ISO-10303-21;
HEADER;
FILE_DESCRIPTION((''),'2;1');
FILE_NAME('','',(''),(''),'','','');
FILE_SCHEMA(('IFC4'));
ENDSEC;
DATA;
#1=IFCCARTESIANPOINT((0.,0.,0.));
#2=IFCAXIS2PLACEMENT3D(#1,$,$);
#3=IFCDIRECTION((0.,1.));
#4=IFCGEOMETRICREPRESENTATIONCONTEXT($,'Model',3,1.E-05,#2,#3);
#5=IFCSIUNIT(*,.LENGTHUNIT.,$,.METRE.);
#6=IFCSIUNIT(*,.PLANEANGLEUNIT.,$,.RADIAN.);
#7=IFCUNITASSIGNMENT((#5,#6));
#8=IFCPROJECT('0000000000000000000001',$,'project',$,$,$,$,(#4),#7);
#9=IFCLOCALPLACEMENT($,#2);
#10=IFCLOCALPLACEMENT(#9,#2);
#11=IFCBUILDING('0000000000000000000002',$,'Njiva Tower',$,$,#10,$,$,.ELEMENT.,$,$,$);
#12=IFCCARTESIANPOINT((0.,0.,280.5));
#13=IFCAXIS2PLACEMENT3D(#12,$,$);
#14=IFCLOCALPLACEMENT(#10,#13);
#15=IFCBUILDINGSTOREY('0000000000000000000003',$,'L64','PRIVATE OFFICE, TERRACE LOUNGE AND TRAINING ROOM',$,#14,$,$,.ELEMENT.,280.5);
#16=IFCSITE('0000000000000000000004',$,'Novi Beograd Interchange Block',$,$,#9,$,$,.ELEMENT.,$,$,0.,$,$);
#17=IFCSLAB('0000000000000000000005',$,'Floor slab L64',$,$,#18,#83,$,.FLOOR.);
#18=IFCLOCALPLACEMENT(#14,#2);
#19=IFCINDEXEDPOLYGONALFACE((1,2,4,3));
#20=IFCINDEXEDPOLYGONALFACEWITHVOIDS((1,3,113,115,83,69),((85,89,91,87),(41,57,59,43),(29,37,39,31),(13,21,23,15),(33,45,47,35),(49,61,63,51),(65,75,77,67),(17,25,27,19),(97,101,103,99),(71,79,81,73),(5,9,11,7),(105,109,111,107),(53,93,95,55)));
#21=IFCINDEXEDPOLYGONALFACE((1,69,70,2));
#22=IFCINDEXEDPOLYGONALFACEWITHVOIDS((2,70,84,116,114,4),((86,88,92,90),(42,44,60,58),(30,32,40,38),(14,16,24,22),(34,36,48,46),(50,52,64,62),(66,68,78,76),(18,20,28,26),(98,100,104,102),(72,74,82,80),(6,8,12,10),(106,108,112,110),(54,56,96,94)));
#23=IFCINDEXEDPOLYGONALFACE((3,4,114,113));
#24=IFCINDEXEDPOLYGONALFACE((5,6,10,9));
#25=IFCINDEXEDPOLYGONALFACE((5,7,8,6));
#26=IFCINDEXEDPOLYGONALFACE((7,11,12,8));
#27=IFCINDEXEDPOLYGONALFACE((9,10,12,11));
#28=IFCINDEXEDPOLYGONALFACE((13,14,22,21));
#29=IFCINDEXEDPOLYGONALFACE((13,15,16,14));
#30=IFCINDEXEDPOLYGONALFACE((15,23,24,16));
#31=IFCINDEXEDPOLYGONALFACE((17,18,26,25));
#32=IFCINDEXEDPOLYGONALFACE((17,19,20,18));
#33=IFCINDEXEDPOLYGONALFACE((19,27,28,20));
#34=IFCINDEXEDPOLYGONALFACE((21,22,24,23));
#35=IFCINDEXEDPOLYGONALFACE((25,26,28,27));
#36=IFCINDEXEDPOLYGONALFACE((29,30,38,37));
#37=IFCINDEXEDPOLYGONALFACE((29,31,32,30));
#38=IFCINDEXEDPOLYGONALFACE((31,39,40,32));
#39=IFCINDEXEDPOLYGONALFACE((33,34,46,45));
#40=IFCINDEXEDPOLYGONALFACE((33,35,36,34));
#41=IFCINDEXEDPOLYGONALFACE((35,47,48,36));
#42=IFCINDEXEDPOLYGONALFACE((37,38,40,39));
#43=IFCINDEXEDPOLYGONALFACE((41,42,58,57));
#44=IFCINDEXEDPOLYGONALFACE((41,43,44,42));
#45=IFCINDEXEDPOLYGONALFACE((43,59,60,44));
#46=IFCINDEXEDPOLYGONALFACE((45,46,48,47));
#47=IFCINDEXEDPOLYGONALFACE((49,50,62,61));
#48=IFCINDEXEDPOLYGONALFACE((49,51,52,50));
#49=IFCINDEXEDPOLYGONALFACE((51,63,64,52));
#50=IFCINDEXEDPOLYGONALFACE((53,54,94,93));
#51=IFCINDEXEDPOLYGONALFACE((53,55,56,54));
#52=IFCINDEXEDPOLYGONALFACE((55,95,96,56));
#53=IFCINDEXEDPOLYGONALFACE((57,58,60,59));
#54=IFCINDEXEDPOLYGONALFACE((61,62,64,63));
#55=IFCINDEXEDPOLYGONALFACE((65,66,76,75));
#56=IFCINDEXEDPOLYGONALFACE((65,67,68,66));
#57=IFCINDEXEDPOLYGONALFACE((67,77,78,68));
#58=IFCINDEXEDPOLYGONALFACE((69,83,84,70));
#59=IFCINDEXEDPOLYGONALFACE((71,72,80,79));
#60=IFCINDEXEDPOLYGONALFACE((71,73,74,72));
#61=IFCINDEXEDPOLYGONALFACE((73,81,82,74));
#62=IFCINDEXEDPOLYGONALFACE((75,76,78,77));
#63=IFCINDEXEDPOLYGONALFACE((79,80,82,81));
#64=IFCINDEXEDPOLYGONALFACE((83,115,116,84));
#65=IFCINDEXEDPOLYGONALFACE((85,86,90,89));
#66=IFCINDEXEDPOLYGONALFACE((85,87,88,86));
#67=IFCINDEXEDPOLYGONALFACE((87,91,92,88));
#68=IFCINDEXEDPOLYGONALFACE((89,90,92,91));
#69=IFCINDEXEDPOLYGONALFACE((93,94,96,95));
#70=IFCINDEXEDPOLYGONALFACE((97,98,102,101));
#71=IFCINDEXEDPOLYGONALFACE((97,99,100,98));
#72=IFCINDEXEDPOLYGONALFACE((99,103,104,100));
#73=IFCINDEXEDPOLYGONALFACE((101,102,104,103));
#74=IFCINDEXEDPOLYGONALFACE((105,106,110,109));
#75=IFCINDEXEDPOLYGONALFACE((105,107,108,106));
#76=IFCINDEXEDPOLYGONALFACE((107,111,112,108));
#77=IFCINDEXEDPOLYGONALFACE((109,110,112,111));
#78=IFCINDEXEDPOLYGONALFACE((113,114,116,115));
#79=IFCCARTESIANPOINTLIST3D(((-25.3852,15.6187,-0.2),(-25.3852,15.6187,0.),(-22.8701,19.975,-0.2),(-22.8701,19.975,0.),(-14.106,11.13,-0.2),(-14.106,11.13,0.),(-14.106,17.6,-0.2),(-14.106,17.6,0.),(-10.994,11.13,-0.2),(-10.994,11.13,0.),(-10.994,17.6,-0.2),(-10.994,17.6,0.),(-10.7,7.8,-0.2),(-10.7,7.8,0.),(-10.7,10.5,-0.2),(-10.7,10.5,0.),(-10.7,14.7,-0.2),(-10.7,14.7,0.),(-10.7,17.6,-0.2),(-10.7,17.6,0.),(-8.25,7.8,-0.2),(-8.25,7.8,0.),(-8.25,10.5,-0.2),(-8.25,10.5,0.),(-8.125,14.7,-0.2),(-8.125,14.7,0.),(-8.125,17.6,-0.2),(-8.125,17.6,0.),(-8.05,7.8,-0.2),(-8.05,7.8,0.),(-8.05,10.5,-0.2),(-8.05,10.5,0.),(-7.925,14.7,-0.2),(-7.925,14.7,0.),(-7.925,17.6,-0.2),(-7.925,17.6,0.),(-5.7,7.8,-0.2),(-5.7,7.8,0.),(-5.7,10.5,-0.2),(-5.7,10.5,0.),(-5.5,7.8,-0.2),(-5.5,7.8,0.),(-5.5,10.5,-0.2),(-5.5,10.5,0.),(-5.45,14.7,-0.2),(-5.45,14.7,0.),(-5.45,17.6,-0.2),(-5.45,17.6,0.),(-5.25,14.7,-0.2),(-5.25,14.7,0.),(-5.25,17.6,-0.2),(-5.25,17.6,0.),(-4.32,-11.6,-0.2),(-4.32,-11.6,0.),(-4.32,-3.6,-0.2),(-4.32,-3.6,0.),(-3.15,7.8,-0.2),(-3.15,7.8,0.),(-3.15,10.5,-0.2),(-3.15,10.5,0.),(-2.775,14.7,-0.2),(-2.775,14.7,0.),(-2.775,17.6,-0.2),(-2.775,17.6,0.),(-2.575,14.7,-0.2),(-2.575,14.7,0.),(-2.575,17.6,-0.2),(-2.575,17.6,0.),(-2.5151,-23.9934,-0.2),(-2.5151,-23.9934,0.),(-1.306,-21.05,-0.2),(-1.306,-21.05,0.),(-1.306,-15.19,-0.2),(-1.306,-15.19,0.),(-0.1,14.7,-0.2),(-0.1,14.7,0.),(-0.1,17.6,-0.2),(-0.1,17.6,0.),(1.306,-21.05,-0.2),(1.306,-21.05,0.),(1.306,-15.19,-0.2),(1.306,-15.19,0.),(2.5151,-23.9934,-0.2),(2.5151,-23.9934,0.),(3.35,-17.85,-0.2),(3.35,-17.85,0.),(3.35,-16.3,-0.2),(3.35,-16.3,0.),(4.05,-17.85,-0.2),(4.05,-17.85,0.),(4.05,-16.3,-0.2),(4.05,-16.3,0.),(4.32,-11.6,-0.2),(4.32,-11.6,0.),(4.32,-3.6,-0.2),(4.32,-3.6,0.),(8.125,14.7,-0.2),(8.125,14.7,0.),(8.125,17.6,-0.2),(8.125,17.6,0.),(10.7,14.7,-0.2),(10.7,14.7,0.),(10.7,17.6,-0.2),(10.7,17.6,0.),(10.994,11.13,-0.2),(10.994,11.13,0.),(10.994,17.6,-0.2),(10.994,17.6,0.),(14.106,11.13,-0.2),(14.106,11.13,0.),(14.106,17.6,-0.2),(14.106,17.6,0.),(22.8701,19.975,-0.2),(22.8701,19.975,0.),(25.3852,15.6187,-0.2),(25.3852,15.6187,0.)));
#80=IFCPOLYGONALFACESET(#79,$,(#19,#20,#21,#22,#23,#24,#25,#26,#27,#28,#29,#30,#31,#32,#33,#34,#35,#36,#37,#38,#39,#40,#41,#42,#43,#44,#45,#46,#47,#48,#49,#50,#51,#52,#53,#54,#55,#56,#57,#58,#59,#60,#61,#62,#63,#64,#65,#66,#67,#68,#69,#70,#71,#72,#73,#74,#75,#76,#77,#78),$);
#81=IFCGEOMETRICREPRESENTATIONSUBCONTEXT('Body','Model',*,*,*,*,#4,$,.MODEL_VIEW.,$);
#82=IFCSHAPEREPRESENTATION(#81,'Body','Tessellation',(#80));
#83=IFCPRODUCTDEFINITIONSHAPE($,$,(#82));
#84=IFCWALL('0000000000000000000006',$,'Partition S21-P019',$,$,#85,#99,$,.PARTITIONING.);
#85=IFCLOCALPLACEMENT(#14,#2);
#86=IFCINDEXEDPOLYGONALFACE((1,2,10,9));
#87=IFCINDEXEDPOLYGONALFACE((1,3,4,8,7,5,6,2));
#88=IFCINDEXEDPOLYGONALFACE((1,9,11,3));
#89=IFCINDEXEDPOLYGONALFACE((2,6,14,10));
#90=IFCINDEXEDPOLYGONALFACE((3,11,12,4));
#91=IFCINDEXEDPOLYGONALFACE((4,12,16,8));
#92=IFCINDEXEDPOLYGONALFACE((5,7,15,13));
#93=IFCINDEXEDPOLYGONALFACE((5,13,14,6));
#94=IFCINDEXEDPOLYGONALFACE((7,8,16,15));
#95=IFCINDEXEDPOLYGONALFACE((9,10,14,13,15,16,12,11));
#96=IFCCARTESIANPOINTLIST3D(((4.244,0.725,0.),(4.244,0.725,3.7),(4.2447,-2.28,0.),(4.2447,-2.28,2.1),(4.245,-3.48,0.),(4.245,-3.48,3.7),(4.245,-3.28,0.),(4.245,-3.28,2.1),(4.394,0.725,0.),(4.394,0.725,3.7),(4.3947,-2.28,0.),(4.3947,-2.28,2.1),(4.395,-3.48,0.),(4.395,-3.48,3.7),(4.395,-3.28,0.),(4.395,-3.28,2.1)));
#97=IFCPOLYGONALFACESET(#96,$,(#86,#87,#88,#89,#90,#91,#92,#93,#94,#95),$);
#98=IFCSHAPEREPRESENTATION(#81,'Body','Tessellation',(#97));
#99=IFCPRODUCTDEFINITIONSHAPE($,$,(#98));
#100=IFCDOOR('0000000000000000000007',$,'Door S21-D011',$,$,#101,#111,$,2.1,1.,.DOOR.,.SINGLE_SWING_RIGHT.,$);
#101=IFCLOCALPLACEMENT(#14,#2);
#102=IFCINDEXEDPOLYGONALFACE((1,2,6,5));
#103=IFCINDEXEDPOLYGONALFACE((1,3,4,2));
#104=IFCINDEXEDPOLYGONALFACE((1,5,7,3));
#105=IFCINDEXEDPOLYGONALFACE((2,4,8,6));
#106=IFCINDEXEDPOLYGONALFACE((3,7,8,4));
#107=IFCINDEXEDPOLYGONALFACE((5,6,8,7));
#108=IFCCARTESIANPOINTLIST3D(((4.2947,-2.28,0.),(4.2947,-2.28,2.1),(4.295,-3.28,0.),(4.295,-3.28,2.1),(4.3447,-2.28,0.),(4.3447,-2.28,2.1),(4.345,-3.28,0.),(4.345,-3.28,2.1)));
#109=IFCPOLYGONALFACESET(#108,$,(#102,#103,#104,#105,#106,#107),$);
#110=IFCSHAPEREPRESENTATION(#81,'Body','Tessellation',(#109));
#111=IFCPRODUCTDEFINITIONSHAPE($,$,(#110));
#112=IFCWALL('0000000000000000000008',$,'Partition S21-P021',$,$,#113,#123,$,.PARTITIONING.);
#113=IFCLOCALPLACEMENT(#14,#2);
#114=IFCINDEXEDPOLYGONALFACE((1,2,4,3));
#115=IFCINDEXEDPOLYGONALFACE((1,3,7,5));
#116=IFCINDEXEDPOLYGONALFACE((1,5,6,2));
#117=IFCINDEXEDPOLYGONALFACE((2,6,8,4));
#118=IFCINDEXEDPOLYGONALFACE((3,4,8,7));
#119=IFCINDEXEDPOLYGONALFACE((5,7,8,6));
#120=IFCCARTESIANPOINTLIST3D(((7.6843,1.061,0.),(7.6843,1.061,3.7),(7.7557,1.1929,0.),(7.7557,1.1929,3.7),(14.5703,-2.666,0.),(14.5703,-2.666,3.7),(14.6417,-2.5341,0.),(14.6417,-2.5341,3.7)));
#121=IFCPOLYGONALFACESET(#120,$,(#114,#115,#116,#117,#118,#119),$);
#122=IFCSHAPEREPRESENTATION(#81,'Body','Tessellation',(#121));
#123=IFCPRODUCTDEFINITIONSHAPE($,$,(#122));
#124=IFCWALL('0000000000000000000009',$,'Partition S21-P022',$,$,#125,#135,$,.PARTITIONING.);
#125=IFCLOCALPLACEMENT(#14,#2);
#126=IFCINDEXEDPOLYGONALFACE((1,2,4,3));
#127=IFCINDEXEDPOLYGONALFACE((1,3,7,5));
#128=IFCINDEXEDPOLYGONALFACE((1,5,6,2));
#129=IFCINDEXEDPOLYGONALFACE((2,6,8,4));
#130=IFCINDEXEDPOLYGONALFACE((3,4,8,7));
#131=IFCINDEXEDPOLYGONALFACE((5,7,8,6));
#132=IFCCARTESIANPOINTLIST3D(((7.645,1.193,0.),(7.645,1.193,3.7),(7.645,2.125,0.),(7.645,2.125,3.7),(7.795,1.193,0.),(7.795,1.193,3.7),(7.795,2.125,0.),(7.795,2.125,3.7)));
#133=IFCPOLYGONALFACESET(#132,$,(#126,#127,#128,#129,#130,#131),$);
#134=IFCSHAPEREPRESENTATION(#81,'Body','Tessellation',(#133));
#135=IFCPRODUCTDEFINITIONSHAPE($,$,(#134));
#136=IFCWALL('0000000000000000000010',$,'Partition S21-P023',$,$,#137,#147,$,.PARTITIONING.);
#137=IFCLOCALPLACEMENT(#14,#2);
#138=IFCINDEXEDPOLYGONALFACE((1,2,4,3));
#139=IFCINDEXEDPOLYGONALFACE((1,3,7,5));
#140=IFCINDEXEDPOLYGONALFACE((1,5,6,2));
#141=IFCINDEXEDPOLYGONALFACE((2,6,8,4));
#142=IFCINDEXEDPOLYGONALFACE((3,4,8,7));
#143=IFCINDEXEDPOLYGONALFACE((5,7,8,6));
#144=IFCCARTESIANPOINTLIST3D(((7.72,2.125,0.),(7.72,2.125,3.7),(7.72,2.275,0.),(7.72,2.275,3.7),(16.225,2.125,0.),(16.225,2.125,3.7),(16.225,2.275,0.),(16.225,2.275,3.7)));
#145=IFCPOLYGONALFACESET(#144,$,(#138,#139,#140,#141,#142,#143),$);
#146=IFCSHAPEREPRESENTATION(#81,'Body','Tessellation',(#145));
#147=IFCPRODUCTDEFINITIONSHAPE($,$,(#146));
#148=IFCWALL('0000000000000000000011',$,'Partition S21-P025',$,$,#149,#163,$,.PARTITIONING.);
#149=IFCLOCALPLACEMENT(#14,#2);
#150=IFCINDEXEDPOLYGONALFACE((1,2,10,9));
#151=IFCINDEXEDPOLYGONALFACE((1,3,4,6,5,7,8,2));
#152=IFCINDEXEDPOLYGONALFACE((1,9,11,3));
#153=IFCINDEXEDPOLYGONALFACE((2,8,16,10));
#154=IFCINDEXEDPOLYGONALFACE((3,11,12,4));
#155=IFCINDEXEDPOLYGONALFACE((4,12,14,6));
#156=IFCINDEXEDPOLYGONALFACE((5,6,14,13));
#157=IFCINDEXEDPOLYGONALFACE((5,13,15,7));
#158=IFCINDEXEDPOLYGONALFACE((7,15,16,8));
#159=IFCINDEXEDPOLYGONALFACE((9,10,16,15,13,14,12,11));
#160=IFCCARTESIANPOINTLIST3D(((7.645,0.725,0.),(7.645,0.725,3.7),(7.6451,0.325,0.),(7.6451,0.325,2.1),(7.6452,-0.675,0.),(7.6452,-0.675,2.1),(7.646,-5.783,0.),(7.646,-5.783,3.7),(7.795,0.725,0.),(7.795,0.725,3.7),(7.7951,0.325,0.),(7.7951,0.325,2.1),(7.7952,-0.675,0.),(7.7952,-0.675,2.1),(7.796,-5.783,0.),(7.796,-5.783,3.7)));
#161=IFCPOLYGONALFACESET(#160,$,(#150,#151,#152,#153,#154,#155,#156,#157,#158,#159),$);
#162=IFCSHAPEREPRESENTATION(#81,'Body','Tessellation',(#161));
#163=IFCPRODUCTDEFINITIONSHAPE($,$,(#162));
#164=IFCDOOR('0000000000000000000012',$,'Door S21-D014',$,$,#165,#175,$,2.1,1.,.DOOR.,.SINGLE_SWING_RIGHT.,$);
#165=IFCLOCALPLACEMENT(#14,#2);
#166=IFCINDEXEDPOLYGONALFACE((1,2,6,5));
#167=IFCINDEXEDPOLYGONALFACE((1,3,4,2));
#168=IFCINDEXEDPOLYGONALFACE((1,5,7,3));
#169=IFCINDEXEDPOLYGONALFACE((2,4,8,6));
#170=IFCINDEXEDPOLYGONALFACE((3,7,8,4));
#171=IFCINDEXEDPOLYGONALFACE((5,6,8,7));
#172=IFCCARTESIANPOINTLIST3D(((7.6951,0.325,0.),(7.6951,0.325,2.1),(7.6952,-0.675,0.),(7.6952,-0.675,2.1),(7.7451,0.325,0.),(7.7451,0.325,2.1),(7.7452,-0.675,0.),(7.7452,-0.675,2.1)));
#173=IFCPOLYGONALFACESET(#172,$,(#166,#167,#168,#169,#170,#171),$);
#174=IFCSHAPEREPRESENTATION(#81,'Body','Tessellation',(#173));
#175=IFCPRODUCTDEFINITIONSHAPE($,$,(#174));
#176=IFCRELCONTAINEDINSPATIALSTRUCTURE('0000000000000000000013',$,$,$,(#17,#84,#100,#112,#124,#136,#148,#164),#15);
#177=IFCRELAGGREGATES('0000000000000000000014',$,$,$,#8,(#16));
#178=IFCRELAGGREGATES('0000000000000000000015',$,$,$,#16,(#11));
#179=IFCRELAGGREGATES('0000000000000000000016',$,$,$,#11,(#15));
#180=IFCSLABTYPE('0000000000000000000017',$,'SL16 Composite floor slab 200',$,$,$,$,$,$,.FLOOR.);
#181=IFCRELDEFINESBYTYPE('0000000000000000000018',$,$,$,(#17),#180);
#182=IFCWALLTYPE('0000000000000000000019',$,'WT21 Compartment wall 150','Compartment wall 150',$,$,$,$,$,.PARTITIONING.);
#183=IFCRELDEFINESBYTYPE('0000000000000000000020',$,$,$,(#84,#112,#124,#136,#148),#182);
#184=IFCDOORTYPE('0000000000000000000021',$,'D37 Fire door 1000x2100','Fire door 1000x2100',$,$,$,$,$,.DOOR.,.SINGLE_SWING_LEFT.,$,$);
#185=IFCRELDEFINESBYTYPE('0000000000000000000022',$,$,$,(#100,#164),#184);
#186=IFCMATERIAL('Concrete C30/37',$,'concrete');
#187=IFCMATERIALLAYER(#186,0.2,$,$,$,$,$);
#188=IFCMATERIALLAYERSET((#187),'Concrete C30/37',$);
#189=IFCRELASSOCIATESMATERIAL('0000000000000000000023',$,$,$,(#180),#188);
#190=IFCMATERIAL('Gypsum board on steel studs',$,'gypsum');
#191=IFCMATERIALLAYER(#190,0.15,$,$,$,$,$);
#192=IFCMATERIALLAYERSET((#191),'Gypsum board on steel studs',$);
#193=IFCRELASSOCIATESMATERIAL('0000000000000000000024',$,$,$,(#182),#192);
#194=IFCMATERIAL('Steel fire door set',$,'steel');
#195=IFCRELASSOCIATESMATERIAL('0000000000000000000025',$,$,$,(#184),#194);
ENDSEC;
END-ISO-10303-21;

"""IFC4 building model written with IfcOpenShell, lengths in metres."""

from ifc_helpers import new_model, si_unit, direction, frame, frame_2d, origin, place, context, subcontext, project, spatial, polyline, rectangle, outline, extrude, material, layer, layer_set, type_object, element, fill, save


model = new_model("IFC4")

# Units and contexts
model_context = context("Model", 3, precision=1e-05, world=origin(), true_north=direction((0.0, 1.0)))
body_context = subcontext(model_context, "Body", "Model", "MODEL_VIEW")
ifc_project = project(units=[si_unit("LENGTHUNIT", "METRE"), si_unit("PLANEANGLEUNIT", "RADIAN")], contexts=[model_context])

# Site, building, storey
site_placement = place(None, origin())
site = spatial("IfcSite", under=ifc_project, at=site_placement, Name="Novi Beograd Interchange Block", CompositionType="ELEMENT", RefElevation=0.0)
building_placement = place(site_placement, origin())
building = spatial("IfcBuilding", under=site, at=building_placement, Name="Njiva Tower", CompositionType="ELEMENT")
storey_placement = place(building_placement, frame((0.0, 0.0, 280.5)))
storey = spatial("IfcBuildingStorey", under=building, at=storey_placement, Name="L64", Description="PRIVATE OFFICE, TERRACE LOUNGE AND TRAINING ROOM", CompositionType="ELEMENT", Elevation=280.5)

# Slab
ifc_material_1 = material(Name="Concrete C30/37", Category="concrete")
ifc_layer_1 = layer(ifc_material_1, 0.2)
ifc_layer_set_1 = layer_set([ifc_layer_1], Name="Concrete C30/37")
slab_type_1 = type_object("IfcSlabType", Name="SL16 Composite floor slab 200", PredefinedType="FLOOR", material=ifc_layer_set_1)
slab_1_placement = place(storey_placement, frame((0.0, 0.0, -0.2)))
element("IfcSlab", 1, at=slab_1_placement, inside=storey, type_object=slab_type_1, Name="Floor slab L64", PredefinedType="FLOOR", context=body_context, shape_type="SweptSolid", body=[
    extrude(outline(polyline([(25.3852, 15.6187), (2.5151, -23.9934), (-2.5151, -23.9934), (-25.3852, 15.6187), (-22.8701, 19.975), (22.8701, 19.975), (25.3852, 15.6187)]), holes=[polyline([(10.994, 11.13), (14.106, 11.13), (14.106, 17.6), (10.994, 17.6), (10.994, 11.13)]), polyline([(8.125, 14.7), (10.7, 14.7), (10.7, 17.6), (8.125, 17.6), (8.125, 14.7)]), polyline([(4.32, -11.6), (4.32, -3.6), (-4.32, -3.6), (-4.32, -11.6), (4.32, -11.6)]), polyline([(3.35, -17.85), (4.05, -17.85), (4.05, -16.3), (3.35, -16.3), (3.35, -17.85)]), polyline([(-1.306, -21.05), (1.306, -21.05), (1.306, -15.19), (-1.306, -15.19), (-1.306, -21.05)]), polyline([(-2.575, 14.7), (-0.1, 14.7), (-0.1, 17.6), (-2.575, 17.6), (-2.575, 14.7)]), polyline([(-2.775, 14.7), (-2.775, 17.6), (-5.25, 17.6), (-5.25, 14.7), (-2.775, 14.7)]), polyline([(-5.5, 7.8), (-3.15, 7.8), (-3.15, 10.5), (-5.5, 10.5), (-5.5, 7.8)]), polyline([(-7.925, 14.7), (-5.45, 14.7), (-5.45, 17.6), (-7.925, 17.6), (-7.925, 14.7)]), polyline([(-8.05, 7.8), (-5.7, 7.8), (-5.7, 10.5), (-8.05, 10.5), (-8.05, 7.8)]), polyline([(-10.7, 14.7), (-8.125, 14.7), (-8.125, 17.6), (-10.7, 17.6), (-10.7, 14.7)]), polyline([(-8.25, 7.8), (-8.25, 10.5), (-10.7, 10.5), (-10.7, 7.8), (-8.25, 7.8)]), polyline([(-10.994, 11.13), (-10.994, 17.6), (-14.106, 17.6), (-14.106, 11.13), (-10.994, 11.13)])]), origin(), (0.0, 0.0, 1.0), 0.2),
])

# Wall, opening, door
ifc_material_2 = material(Name="Gypsum board on steel studs", Category="gypsum")
ifc_layer_2 = layer(ifc_material_2, 0.15)
ifc_layer_set_2 = layer_set([ifc_layer_2], Name="Gypsum board on steel studs")
wall_type_1 = type_object("IfcWallType", Name="WT21 Compartment wall 150", Description="Compartment wall 150", PredefinedType="PARTITIONING", material=ifc_layer_set_2)
wall_1_placement = place(storey_placement, frame((4.319, 0.725, 0.0), z_axis=(0.0, 0.0, 1.0), x_axis=(0.000238, -1.0, 0.0)))
wall_1 = element("IfcWall", 2, at=wall_1_placement, inside=storey, type_object=wall_type_1, Name="Partition S21-P019", PredefinedType="PARTITIONING", context=body_context, shape_type="SweptSolid", body=[
    extrude(rectangle(XDim=4.205, YDim=0.15, at=frame_2d((2.1025, 0.0))), origin(), (0.0, 0.0, 1.0), 3.7),
])
opening_1_placement = place(wall_1_placement, frame((3.005, 0.0, 0.0)))
opening_1 = element("IfcOpeningElement", 3, at=opening_1_placement, cuts=wall_1, PredefinedType="OPENING", context=body_context, shape_type="SweptSolid", body=[
    extrude(rectangle(XDim=1.0, YDim=2.1, at=frame_2d((0.5, 1.05))), frame((0.0, 0.085, 0.0), z_axis=(0.0, -1.0, 0.0), x_axis=(1.0, 0.0, 0.0)), (0.0, 0.0, 1.0), 0.17),
])
ifc_material_3 = material(Name="Steel fire door set", Category="steel")
door_type = type_object("IfcDoorType", Name="D37 Fire door 1000x2100", Description="Fire door 1000x2100", OperationType="SINGLE_SWING_LEFT", PredefinedType="DOOR", material=ifc_material_3)
door_1_placement = place(opening_1_placement, origin())
door_1 = element("IfcDoor", 4, at=door_1_placement, inside=storey, type_object=door_type, Name="Door S21-D011", OperationType="SINGLE_SWING_RIGHT", OverallHeight=2.1, OverallWidth=1.0, PredefinedType="DOOR", context=body_context, shape_type="SweptSolid", body=[
    extrude(rectangle(XDim=1.0, YDim=2.1, at=frame_2d((0.5, 1.05))), frame((0.0, 0.025, 0.0), z_axis=(0.0, -1.0, 0.0), x_axis=(1.0, 0.0, 0.0)), (0.0, 0.0, 1.0), 0.05),
])
fill(opening_1, door_1)

# Walls
wall_2_placement = place(storey_placement, frame((7.72, 1.127, 0.0), z_axis=(0.0, 0.0, 1.0), x_axis=(0.879448, -0.475995, 0.0)))
element("IfcWall", 5, at=wall_2_placement, inside=storey, type_object=wall_type_1, Name="Partition S21-P021", PredefinedType="PARTITIONING", context=body_context, shape_type="SweptSolid", body=[
    extrude(rectangle(XDim=7.8299, YDim=0.15, at=frame_2d((3.915, 0.0))), origin(), (0.0, 0.0, 1.0), 3.7),
])
wall_3_placement = place(storey_placement, frame((7.72, 1.193, 0.0), z_axis=(0.0, 0.0, 1.0), x_axis=(0.0, 1.0, 0.0)))
element("IfcWall", 6, at=wall_3_placement, inside=storey, type_object=wall_type_1, Name="Partition S21-P022", PredefinedType="PARTITIONING", context=body_context, shape_type="SweptSolid", body=[
    extrude(rectangle(XDim=0.932, YDim=0.15, at=frame_2d((0.466, 0.0))), origin(), (0.0, 0.0, 1.0), 3.7),
])
wall_4_placement = place(storey_placement, frame((7.72, 2.2, 0.0), z_axis=(0.0, 0.0, 1.0), x_axis=(1.0, 0.0, 0.0)))
element("IfcWall", 7, at=wall_4_placement, inside=storey, type_object=wall_type_1, Name="Partition S21-P023", PredefinedType="PARTITIONING", context=body_context, shape_type="SweptSolid", body=[
    extrude(rectangle(XDim=8.505, YDim=0.15, at=frame_2d((4.2525, 0.0))), origin(), (0.0, 0.0, 1.0), 3.7),
])

# Wall, opening, door
wall_5_placement = place(storey_placement, frame((7.72, 0.725, 0.0), z_axis=(0.0, 0.0, 1.0), x_axis=(0.000154, -1.0, 0.0)))
wall_5 = element("IfcWall", 8, at=wall_5_placement, inside=storey, type_object=wall_type_1, Name="Partition S21-P025", PredefinedType="PARTITIONING", context=body_context, shape_type="SweptSolid", body=[
    extrude(rectangle(XDim=6.508, YDim=0.15, at=frame_2d((3.254, 0.0))), origin(), (0.0, 0.0, 1.0), 3.7),
])
opening_2_placement = place(wall_5_placement, frame((0.4, 0.0, 0.0)))
opening_2 = element("IfcOpeningElement", 9, at=opening_2_placement, cuts=wall_5, PredefinedType="OPENING", context=body_context, shape_type="SweptSolid", body=[
    extrude(rectangle(XDim=1.0, YDim=2.1, at=frame_2d((0.5, 1.05))), frame((0.0, 0.085, 0.0), z_axis=(0.0, -1.0, 0.0), x_axis=(1.0, 0.0, 0.0)), (0.0, 0.0, 1.0), 0.17),
])
door_2_placement = place(opening_2_placement, origin())
door_2 = element("IfcDoor", 10, at=door_2_placement, inside=storey, type_object=door_type, Name="Door S21-D014", OperationType="SINGLE_SWING_RIGHT", OverallHeight=2.1, OverallWidth=1.0, PredefinedType="DOOR", context=body_context, shape_type="SweptSolid", body=[
    extrude(rectangle(XDim=1.0, YDim=2.1, at=frame_2d((0.5, 1.05))), frame((0.0, 0.025, 0.0), z_axis=(0.0, -1.0, 0.0), x_axis=(1.0, 0.0, 0.0)), (0.0, 0.0, 1.0), 0.05),
])
fill(opening_2, door_2)

save(model, "model.ifc")
